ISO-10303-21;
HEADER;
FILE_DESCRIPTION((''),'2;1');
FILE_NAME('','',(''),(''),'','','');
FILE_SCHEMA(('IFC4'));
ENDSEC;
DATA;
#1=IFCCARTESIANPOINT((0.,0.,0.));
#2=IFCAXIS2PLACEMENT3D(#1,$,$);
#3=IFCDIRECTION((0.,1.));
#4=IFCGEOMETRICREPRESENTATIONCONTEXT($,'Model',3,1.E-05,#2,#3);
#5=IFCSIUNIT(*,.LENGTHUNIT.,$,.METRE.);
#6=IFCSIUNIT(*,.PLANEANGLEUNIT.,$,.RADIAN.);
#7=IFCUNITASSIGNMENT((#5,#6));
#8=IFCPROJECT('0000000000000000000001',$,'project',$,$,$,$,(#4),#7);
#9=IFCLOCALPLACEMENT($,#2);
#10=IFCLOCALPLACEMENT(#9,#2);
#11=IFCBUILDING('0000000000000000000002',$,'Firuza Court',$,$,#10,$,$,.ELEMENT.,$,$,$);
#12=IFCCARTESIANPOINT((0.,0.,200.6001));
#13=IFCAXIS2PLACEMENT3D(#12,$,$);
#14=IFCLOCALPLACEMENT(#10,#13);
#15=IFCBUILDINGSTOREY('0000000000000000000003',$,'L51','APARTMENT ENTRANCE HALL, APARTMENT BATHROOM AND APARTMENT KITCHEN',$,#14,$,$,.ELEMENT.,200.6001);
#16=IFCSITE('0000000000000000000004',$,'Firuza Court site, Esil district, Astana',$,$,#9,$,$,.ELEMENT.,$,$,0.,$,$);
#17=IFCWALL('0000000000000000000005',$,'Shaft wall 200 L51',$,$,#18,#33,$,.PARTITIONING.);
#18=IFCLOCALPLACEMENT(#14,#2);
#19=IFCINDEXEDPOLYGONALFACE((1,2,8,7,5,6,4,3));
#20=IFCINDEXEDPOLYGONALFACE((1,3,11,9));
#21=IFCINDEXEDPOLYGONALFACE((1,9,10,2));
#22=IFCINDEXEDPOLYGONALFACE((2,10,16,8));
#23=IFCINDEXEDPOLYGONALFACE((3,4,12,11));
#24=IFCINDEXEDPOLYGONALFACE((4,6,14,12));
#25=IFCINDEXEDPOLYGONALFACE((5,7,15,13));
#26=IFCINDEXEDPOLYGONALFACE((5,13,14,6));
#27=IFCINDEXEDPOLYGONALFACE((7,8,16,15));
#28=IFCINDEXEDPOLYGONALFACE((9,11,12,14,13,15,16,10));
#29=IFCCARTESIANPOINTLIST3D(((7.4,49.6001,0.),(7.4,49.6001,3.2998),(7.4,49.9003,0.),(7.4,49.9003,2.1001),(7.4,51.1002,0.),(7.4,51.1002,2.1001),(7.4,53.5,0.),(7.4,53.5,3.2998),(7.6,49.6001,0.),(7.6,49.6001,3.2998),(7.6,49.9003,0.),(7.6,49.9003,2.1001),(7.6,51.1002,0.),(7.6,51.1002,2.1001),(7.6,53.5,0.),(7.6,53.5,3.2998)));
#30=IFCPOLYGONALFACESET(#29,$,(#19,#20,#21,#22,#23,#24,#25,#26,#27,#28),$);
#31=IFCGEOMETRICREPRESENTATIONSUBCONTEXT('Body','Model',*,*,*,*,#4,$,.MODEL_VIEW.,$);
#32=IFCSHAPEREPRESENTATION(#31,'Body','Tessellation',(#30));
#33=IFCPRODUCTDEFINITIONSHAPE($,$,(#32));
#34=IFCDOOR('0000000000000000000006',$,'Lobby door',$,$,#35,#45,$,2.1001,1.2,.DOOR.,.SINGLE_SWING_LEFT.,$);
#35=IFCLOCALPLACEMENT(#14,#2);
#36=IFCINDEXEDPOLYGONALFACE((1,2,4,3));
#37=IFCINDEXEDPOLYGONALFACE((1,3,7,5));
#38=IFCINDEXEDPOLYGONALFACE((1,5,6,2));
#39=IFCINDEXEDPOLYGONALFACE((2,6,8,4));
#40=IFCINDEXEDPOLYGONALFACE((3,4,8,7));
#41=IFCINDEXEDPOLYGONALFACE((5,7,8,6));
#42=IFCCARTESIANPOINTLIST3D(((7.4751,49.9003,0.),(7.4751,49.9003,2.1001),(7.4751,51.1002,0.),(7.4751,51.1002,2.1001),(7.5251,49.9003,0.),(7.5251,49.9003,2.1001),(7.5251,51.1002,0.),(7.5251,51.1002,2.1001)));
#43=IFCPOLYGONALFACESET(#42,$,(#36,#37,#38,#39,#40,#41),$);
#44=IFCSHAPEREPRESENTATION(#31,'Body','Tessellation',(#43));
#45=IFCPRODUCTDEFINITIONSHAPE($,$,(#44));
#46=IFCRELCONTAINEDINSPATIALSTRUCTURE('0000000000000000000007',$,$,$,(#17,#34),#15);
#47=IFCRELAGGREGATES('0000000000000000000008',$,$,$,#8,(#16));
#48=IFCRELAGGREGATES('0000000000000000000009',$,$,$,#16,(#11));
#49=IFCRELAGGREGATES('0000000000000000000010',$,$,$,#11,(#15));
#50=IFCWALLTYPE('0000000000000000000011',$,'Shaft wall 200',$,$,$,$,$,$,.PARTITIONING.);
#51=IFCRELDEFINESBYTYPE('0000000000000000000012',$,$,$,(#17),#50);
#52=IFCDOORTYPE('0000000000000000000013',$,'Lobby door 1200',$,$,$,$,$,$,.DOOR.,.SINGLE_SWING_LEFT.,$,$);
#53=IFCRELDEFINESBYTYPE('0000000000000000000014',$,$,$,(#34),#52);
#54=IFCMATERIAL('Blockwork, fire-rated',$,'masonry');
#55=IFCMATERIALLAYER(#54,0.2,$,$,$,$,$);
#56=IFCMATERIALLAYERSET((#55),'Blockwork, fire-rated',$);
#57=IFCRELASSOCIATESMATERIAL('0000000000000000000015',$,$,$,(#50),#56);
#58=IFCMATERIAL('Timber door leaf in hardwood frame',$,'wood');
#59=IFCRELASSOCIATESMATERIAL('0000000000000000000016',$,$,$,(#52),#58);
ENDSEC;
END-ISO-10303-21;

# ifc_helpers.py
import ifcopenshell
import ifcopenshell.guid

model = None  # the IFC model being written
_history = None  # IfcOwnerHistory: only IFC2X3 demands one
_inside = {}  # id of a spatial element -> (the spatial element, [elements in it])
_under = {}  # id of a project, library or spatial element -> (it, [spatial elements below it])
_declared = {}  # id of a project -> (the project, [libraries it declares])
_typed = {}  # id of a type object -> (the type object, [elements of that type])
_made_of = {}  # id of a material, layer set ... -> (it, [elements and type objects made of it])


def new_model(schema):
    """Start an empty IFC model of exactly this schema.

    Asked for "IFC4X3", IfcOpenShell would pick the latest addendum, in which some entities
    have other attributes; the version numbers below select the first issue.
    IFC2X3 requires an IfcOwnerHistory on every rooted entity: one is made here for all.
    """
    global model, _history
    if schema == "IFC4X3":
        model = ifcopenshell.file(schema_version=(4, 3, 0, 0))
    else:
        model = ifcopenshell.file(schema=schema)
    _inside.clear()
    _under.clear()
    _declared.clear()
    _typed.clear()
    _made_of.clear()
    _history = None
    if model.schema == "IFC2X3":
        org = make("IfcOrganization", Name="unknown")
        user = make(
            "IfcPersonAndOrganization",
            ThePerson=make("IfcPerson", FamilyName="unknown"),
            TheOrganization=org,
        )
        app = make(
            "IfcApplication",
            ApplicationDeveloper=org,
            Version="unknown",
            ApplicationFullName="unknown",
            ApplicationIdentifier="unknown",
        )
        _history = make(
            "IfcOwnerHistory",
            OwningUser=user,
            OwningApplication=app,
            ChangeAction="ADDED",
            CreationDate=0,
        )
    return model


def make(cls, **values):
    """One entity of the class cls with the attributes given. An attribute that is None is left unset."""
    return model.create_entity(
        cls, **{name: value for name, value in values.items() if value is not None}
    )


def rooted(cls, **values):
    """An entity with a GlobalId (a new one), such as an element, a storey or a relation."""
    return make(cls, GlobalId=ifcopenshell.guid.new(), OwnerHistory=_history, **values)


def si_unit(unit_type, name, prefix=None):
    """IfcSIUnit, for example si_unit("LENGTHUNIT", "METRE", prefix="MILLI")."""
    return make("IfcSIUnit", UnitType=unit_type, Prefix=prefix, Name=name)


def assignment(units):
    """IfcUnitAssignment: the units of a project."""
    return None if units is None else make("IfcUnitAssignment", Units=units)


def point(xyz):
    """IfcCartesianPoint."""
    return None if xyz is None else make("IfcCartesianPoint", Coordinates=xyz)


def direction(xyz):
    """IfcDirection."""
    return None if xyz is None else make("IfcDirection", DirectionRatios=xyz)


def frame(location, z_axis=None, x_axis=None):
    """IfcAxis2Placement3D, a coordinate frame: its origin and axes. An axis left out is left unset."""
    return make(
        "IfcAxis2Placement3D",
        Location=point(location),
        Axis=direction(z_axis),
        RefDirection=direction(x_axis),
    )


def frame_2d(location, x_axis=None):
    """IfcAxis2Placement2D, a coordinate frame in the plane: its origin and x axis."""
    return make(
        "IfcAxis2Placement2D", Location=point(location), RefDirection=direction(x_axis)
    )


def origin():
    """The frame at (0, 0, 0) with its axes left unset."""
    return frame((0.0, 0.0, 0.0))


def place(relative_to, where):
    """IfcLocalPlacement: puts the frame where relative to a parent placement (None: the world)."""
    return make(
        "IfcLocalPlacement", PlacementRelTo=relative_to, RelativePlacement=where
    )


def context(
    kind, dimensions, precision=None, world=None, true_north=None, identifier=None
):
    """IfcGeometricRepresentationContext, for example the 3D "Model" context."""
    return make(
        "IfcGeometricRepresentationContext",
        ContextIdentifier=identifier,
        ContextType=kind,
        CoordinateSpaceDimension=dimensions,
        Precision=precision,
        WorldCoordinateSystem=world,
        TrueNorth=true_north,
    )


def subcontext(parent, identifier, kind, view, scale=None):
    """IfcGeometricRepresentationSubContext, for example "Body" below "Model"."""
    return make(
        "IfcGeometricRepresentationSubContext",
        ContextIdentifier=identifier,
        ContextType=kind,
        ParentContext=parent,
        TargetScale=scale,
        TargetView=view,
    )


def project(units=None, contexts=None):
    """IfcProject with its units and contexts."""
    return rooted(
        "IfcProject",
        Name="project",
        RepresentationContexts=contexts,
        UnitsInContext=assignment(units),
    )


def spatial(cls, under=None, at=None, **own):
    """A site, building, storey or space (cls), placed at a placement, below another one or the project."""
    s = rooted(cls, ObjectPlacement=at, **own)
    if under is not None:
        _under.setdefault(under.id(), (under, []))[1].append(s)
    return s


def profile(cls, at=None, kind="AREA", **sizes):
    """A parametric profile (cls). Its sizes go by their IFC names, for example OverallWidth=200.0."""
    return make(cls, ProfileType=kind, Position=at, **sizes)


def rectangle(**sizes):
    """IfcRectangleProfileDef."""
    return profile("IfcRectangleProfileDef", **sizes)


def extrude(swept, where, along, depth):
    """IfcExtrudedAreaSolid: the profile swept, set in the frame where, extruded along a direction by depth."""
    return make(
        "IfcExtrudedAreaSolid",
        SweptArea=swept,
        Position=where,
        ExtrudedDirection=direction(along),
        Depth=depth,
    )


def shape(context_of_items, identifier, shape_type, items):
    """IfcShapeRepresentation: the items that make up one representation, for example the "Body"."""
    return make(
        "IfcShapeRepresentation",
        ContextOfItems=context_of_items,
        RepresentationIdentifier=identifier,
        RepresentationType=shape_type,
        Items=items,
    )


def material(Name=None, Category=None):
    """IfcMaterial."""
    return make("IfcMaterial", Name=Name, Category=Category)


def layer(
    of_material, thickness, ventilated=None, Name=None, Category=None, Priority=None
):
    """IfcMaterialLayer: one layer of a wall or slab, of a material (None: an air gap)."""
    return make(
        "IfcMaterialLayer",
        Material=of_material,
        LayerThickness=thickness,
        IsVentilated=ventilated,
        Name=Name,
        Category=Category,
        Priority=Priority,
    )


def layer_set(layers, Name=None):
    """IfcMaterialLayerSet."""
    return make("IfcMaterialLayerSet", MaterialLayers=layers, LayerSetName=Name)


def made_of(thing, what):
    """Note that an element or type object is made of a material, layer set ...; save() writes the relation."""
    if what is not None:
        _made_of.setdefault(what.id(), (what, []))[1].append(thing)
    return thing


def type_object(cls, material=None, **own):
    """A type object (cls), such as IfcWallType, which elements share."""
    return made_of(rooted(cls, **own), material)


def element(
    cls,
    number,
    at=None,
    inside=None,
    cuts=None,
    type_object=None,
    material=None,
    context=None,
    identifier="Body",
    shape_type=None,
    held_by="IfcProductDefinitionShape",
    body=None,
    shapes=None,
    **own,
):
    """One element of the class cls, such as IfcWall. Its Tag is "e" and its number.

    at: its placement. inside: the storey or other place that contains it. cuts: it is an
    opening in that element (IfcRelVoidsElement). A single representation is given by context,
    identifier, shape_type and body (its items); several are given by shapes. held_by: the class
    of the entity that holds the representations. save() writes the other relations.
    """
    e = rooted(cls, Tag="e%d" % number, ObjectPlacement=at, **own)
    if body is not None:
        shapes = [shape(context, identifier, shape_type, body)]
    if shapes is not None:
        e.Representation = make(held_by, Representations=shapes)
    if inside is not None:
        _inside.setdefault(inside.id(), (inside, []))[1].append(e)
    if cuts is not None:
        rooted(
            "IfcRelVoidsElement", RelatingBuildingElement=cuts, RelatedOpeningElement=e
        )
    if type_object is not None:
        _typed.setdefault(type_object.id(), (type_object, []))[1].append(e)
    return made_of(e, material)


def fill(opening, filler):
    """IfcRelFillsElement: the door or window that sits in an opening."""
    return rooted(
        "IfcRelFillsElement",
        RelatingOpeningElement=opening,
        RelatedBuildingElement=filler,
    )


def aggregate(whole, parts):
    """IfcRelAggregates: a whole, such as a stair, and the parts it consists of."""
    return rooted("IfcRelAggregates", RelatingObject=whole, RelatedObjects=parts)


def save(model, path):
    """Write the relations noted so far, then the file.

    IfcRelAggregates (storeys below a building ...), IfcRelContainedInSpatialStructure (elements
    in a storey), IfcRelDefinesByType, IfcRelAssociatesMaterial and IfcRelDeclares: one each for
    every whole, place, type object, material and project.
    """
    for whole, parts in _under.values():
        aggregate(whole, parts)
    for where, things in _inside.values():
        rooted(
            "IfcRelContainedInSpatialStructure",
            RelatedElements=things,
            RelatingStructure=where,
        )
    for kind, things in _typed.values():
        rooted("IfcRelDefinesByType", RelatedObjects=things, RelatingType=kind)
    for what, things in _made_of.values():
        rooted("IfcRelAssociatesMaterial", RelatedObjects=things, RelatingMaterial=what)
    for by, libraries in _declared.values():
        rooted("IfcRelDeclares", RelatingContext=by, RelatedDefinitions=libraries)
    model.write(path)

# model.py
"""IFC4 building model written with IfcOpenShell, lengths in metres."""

from ifc_helpers import new_model, si_unit, direction, frame, frame_2d, origin, place, context, subcontext, project, spatial, rectangle, extrude, material, layer, layer_set, type_object, element, fill, save


model = new_model("IFC4")

# Units and contexts
model_context = context("Model", 3, precision=1e-05, world=origin(), true_north=direction((0.0, 1.0)))
body_context = subcontext(model_context, "Body", "Model", "MODEL_VIEW")
ifc_project = project(units=[si_unit("LENGTHUNIT", "METRE"), si_unit("PLANEANGLEUNIT", "RADIAN")], contexts=[model_context])

# Site, building, storey
site_placement = place(None, origin())
site = spatial("IfcSite", under=ifc_project, at=site_placement, Name="Firuza Court site, Esil district, Astana", CompositionType="ELEMENT", RefElevation=0.0)
building_placement = place(site_placement, origin())
building = spatial("IfcBuilding", under=site, at=building_placement, Name="Firuza Court", CompositionType="ELEMENT")
storey_placement = place(building_placement, frame((0.0, 0.0, 200.6001)))
storey = spatial("IfcBuildingStorey", under=building, at=storey_placement, Name="L51", Description="APARTMENT ENTRANCE HALL, APARTMENT BATHROOM AND APARTMENT KITCHEN", CompositionType="ELEMENT", Elevation=200.6001)

# Shared definitions
ifc_material_1 = material(Name="Blockwork, fire-rated", Category="masonry")
ifc_layer_1 = layer(ifc_material_1, 0.2)
ifc_layer_set_1 = layer_set([ifc_layer_1], Name="Blockwork, fire-rated")
wall_type_1 = type_object("IfcWallType", Name="Shaft wall 200", PredefinedType="PARTITIONING", material=ifc_layer_set_1)

# Wall, opening, door
wall_1_placement = place(storey_placement, frame((7.5, 49.6001, 0.0), z_axis=(0.0, 0.0, 1.0), x_axis=(0.0, 1.0, 0.0)))
wall_1 = element("IfcWall", 1, at=wall_1_placement, inside=storey, type_object=wall_type_1, Name="Shaft wall 200 L51", PredefinedType="PARTITIONING", context=body_context, shape_type="SweptSolid", body=[
    extrude(rectangle(XDim=3.8999, YDim=0.2, at=frame_2d((1.95, 0.0))), origin(), (0.0, 0.0, 1.0), 3.2998),
])
opening_1_placement = place(wall_1_placement, frame((0.3, 0.0, 0.0)))
opening_1 = element("IfcOpeningElement", 2, at=opening_1_placement, cuts=wall_1, PredefinedType="OPENING", context=body_context, shape_type="SweptSolid", body=[
    extrude(rectangle(XDim=1.2, YDim=2.1001, at=frame_2d((0.6001, 1.05))), frame((0.0, 0.1118, 0.0), z_axis=(0.0, -1.0, 0.0), x_axis=(1.0, 0.0, 0.0)), (0.0, 0.0, 1.0), 0.2239),
])
ifc_material_2 = material(Name="Timber door leaf in hardwood frame", Category="wood")
door_type_1 = type_object("IfcDoorType", Name="Lobby door 1200", OperationType="SINGLE_SWING_LEFT", PredefinedType="DOOR", material=ifc_material_2)
door_1_placement = place(opening_1_placement, origin())
door_1 = element("IfcDoor", 3, at=door_1_placement, inside=storey, type_object=door_type_1, Name="Lobby door", OperationType="SINGLE_SWING_LEFT", OverallHeight=2.1001, OverallWidth=1.2, PredefinedType="DOOR", context=body_context, shape_type="SweptSolid", body=[
    extrude(rectangle(XDim=1.2, YDim=2.1001, at=frame_2d((0.6001, 1.05))), frame((0.0, 0.0249, 0.0), z_axis=(0.0, -1.0, 0.0), x_axis=(1.0, 0.0, 0.0)), (0.0, 0.0, 1.0), 0.05),
])
fill(opening_1, door_1)

save(model, "model.ifc")
